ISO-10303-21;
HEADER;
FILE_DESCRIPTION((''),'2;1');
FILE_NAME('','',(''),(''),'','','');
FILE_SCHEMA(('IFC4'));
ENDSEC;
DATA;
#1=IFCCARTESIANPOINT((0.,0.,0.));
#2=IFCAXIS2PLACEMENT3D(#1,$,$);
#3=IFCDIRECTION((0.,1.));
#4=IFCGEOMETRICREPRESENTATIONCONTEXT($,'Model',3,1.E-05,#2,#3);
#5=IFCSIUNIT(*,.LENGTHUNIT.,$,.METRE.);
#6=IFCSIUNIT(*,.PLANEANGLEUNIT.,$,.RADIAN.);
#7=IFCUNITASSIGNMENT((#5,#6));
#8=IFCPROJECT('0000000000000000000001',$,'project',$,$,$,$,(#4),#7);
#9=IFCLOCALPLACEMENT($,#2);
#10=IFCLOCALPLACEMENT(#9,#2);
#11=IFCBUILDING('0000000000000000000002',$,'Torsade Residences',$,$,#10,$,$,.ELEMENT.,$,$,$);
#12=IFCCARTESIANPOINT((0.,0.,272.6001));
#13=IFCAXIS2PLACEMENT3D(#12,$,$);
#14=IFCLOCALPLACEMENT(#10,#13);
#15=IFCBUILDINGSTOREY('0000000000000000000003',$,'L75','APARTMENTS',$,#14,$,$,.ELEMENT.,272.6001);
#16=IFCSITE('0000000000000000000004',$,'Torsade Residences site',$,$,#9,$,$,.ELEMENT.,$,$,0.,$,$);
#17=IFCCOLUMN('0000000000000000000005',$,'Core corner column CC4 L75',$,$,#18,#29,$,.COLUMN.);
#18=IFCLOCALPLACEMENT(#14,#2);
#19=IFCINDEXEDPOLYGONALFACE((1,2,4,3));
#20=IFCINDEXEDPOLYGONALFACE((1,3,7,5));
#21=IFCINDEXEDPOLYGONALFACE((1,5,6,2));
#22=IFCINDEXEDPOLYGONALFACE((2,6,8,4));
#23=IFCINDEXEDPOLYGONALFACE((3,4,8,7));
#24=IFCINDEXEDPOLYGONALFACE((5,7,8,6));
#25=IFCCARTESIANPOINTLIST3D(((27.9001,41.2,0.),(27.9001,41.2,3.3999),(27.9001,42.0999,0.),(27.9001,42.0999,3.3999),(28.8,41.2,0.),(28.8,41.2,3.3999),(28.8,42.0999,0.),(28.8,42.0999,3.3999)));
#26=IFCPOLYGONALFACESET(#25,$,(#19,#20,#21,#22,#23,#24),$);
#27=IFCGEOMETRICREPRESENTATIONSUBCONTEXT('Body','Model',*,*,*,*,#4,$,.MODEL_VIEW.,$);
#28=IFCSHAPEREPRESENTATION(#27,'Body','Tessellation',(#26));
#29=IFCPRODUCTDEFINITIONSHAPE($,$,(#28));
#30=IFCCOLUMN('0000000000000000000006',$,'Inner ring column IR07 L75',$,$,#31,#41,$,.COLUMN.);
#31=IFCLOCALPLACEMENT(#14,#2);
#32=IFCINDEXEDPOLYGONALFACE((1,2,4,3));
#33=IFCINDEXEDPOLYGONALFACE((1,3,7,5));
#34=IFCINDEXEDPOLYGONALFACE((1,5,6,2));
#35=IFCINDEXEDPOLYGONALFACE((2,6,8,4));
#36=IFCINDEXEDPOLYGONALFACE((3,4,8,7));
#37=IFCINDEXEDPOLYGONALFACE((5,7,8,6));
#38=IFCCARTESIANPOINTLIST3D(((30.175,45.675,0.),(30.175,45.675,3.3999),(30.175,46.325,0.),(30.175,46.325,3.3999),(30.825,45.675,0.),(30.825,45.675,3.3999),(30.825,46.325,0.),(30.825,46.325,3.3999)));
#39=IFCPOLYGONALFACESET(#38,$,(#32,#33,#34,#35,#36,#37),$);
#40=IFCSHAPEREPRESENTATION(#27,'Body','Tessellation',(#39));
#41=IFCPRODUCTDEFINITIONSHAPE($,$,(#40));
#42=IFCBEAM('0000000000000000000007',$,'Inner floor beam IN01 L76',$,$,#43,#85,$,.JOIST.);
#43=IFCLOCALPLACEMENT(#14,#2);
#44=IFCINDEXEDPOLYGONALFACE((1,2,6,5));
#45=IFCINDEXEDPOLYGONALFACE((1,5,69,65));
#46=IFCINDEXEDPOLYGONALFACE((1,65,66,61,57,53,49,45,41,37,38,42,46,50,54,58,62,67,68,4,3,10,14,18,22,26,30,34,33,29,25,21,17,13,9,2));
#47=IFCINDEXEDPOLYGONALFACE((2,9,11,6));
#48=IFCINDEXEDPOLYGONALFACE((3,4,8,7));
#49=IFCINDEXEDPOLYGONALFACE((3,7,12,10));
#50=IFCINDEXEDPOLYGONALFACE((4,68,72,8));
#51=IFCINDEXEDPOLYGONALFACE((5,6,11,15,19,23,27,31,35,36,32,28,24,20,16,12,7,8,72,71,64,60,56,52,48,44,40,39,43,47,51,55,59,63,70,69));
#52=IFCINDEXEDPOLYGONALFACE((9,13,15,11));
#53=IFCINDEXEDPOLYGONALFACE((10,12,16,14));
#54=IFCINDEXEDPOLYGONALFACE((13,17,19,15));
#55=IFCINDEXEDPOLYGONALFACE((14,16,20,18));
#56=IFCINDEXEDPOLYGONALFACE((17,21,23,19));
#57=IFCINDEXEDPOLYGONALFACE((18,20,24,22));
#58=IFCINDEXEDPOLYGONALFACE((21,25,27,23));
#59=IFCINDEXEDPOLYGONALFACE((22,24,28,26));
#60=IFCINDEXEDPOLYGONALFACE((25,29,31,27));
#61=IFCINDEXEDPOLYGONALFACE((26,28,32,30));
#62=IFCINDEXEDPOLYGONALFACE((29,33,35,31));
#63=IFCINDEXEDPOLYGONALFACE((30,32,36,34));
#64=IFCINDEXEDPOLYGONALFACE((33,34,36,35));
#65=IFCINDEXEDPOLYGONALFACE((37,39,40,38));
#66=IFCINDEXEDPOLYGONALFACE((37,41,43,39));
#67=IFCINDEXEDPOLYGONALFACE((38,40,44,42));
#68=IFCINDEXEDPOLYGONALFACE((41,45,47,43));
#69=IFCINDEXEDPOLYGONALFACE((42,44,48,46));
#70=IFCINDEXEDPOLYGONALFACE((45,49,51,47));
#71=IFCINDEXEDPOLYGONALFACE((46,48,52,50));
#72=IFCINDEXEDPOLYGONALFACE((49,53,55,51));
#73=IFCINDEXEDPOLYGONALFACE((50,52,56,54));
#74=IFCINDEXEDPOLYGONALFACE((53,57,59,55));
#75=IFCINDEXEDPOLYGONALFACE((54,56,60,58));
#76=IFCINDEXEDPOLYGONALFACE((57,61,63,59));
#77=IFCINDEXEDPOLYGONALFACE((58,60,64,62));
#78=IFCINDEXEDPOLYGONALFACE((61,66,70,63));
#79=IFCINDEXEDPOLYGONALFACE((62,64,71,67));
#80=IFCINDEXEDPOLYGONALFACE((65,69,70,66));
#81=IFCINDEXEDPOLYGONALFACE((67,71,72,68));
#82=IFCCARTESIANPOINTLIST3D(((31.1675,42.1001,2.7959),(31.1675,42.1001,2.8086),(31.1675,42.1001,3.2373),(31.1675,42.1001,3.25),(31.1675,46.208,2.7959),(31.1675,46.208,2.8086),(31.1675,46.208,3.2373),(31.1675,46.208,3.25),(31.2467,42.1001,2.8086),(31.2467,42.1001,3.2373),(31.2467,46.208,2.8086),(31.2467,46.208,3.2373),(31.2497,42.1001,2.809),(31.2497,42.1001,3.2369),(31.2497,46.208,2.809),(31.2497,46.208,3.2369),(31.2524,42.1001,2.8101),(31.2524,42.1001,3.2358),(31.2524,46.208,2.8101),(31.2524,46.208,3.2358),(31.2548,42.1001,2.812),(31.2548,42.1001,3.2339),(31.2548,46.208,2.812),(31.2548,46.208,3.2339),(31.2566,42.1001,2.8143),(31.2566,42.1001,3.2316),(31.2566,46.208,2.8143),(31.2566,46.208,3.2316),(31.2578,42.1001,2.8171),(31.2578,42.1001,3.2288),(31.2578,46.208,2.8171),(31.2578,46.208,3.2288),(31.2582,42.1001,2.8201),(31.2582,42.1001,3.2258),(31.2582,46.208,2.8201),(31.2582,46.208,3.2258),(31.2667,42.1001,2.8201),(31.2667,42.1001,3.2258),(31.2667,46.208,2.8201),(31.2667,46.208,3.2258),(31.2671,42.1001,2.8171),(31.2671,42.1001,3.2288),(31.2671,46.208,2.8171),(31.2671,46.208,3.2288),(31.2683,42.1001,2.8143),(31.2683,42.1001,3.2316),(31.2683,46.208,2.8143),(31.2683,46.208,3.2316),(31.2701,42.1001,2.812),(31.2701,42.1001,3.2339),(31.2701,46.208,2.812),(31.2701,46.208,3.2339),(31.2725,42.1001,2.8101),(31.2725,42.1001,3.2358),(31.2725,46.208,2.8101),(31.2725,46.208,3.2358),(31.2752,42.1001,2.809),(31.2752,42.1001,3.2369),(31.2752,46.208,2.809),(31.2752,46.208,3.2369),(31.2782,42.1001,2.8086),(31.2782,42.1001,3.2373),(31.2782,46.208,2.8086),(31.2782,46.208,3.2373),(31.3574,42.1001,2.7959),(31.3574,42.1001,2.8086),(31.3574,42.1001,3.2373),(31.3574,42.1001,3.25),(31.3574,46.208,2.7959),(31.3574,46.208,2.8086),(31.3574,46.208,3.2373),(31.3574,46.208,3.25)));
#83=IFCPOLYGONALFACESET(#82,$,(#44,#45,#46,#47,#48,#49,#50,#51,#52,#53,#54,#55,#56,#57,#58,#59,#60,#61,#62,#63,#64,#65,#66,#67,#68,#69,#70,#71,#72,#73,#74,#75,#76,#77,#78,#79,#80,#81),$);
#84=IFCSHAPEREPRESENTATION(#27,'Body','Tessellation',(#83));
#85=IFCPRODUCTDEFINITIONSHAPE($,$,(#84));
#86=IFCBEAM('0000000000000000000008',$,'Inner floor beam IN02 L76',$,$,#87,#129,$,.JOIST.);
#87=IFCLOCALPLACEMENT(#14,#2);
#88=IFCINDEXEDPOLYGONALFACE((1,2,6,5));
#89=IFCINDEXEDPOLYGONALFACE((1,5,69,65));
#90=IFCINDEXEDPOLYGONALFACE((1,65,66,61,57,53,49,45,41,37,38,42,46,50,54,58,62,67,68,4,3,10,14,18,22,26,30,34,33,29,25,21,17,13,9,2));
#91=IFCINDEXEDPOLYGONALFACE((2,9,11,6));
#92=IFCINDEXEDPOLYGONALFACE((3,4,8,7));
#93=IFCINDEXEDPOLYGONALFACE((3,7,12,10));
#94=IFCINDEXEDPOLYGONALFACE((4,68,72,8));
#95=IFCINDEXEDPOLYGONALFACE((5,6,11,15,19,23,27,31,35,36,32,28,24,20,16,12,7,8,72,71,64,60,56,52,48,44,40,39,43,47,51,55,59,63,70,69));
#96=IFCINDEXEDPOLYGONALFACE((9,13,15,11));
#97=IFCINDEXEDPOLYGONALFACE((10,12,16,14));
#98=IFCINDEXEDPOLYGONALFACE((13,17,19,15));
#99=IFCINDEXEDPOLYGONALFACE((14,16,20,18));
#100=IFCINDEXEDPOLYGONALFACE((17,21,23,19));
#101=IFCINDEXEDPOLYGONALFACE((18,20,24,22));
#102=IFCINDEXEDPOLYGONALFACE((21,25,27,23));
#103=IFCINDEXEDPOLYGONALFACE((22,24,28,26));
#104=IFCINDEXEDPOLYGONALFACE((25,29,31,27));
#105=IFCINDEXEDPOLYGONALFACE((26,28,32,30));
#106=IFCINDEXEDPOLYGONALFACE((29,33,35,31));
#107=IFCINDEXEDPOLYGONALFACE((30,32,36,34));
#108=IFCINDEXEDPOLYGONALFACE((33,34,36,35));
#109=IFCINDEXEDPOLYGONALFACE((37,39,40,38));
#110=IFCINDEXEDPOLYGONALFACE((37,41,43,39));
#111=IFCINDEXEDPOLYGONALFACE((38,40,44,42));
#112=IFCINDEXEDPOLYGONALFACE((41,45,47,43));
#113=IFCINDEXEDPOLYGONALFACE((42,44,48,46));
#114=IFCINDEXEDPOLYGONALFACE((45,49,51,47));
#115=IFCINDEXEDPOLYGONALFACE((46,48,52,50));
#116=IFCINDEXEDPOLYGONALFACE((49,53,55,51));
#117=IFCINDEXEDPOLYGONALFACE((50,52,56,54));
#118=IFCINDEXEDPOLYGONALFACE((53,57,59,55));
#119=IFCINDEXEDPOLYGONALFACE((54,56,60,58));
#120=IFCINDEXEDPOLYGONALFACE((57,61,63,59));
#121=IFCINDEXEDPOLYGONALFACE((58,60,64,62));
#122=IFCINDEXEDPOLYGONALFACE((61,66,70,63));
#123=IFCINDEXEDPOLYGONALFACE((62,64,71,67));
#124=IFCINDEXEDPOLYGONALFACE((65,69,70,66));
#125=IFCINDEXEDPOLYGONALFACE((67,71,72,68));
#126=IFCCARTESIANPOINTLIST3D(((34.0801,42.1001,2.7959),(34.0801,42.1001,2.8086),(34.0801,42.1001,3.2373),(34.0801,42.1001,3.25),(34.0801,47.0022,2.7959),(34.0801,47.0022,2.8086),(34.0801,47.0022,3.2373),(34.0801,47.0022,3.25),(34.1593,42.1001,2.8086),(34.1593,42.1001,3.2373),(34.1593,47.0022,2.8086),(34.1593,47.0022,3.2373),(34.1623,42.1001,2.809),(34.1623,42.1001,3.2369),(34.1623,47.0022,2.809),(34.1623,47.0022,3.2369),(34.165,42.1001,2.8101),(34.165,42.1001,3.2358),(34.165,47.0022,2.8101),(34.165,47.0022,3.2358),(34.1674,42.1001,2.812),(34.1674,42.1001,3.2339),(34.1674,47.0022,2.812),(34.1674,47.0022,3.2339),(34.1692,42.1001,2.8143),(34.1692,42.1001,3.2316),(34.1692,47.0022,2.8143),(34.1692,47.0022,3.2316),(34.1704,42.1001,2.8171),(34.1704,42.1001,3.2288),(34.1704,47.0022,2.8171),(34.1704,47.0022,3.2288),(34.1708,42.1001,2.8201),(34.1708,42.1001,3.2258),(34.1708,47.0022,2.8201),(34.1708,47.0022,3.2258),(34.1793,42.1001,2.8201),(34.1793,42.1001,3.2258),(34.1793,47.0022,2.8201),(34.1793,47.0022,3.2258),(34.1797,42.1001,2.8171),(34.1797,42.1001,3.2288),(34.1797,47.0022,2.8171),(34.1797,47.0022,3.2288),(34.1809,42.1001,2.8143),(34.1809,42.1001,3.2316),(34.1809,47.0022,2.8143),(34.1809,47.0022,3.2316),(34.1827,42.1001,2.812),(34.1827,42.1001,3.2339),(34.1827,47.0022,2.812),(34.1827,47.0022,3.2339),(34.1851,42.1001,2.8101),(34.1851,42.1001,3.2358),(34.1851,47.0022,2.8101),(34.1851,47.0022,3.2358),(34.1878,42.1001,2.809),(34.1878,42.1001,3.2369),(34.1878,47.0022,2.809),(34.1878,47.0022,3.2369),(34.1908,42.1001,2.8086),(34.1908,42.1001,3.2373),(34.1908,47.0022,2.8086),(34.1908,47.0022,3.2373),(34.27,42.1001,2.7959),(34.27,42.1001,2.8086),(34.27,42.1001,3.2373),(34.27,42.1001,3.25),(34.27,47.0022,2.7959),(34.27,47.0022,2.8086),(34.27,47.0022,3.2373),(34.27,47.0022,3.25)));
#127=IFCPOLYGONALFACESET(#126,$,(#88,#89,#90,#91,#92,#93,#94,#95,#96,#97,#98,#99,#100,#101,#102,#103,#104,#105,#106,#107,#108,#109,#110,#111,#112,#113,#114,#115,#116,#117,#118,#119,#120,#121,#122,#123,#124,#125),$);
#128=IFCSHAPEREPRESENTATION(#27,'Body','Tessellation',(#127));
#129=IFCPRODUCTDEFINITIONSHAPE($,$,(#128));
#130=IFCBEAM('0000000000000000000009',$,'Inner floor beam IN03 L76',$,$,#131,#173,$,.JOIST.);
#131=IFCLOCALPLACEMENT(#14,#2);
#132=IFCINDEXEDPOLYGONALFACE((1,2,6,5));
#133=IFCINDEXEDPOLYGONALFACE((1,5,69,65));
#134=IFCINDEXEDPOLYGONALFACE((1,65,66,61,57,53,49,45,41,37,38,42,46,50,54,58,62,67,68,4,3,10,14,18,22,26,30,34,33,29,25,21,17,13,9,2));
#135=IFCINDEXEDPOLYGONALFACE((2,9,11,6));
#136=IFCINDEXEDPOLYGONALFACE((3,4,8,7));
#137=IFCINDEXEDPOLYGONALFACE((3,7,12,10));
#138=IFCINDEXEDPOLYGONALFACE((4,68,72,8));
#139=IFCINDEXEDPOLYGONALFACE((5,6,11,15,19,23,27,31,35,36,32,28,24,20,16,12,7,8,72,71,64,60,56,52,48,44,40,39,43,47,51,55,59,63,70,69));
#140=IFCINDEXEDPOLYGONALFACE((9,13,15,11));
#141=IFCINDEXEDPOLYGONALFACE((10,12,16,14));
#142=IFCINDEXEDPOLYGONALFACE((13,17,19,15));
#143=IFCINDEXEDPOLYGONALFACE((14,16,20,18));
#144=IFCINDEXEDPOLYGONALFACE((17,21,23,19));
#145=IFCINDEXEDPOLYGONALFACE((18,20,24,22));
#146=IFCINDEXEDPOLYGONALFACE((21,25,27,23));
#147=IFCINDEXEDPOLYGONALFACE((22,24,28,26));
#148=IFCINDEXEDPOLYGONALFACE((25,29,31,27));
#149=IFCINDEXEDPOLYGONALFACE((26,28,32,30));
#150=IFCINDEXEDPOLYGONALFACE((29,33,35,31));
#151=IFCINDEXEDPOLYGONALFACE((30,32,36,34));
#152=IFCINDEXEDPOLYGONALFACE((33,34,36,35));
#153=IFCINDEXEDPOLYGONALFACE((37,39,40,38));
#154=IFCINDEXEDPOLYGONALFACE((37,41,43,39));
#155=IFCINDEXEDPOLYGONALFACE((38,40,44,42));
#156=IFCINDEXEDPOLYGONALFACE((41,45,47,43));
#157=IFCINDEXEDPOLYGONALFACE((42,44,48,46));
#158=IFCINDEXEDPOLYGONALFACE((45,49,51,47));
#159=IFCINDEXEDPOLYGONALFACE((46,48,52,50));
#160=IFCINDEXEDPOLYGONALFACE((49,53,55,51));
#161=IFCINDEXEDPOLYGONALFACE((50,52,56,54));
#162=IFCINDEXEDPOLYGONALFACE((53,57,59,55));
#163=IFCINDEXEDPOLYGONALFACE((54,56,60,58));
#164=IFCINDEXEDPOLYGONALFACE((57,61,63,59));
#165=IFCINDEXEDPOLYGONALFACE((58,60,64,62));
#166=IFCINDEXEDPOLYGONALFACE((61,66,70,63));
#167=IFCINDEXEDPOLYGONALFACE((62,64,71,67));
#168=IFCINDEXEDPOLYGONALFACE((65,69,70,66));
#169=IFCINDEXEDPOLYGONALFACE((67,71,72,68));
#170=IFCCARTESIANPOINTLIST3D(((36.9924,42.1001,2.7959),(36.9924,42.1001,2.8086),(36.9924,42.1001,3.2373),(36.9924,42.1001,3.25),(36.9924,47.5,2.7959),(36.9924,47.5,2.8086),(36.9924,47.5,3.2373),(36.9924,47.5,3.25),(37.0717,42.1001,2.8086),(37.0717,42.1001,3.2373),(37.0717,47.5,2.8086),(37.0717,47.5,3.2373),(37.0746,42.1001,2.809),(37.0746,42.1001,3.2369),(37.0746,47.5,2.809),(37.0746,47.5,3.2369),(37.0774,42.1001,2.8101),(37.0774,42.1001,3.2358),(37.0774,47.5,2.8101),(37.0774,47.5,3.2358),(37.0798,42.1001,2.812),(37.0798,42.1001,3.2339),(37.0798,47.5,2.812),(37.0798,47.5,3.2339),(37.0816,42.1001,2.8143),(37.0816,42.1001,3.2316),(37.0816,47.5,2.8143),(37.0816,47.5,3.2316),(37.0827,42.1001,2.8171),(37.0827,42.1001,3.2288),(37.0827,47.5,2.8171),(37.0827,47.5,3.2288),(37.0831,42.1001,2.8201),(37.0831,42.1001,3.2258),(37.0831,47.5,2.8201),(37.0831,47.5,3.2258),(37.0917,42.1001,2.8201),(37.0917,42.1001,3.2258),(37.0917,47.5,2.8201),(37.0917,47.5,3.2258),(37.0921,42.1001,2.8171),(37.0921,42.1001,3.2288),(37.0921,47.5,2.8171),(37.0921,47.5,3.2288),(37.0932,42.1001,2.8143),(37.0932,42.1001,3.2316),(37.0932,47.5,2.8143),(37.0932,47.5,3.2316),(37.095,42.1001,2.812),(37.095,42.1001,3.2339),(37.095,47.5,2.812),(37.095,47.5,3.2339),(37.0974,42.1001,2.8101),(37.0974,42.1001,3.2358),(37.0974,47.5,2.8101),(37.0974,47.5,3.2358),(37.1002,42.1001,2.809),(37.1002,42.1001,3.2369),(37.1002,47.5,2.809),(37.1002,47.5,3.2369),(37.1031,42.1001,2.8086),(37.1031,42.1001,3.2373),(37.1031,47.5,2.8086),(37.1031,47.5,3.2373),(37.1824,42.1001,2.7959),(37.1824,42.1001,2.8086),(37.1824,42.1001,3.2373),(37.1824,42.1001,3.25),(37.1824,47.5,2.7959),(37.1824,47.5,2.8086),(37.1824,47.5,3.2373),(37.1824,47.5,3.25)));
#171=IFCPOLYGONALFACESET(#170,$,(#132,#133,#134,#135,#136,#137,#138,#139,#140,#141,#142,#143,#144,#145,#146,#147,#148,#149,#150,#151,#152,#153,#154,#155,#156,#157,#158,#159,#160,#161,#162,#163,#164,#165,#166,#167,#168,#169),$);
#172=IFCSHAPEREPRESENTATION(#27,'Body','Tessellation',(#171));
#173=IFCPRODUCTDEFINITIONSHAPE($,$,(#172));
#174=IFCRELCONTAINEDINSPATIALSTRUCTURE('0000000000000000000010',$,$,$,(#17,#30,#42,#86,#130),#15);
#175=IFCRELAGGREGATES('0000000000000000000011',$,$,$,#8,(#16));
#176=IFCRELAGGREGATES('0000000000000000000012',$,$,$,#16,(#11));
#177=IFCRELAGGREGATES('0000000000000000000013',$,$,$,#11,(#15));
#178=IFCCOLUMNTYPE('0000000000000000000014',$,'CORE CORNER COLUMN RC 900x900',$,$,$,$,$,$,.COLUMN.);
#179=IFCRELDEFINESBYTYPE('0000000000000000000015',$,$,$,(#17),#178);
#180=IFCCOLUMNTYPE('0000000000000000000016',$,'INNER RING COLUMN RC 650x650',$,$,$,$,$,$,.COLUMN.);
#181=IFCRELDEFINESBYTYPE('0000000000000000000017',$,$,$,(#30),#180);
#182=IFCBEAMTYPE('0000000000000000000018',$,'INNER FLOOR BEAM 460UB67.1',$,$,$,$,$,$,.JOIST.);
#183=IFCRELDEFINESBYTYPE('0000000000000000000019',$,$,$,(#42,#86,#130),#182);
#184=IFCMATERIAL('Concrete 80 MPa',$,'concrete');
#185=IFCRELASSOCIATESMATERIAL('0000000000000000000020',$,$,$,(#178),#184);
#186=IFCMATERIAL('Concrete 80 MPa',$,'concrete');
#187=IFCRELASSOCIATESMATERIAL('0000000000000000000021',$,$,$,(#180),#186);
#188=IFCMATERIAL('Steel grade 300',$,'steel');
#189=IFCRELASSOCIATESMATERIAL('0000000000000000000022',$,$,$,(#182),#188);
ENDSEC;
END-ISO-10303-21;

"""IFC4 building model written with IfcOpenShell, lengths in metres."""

from ifc_helpers import new_model, si_unit, direction, frame, origin, origin_2d, place, context, subcontext, project, spatial, rectangle, i_section, extrude, material, material_profile, profile_set, type_object, element, save


model = new_model("IFC4")

# Units and contexts
model_context = context("Model", 3, precision=1e-05, world=origin(), true_north=direction((0.0, 1.0)))
body_context = subcontext(model_context, "Body", "Model", "MODEL_VIEW")
ifc_project = project(units=[si_unit("LENGTHUNIT", "METRE"), si_unit("PLANEANGLEUNIT", "RADIAN")], contexts=[model_context])

# Site, building, storey
site_placement = place(None, origin())
site = spatial("IfcSite", under=ifc_project, at=site_placement, Name="Torsade Residences site", CompositionType="ELEMENT", RefElevation=0.0)
building_placement = place(site_placement, origin())
building = spatial("IfcBuilding", under=site, at=building_placement, Name="Torsade Residences", CompositionType="ELEMENT")
storey_placement = place(building_placement, frame((0.0, 0.0, 272.6001)))
storey = spatial("IfcBuildingStorey", under=building, at=storey_placement, Name="L75", Description="APARTMENTS", CompositionType="ELEMENT", Elevation=272.6001)

# Columns
ifc_material_1 = material(Name="Concrete 80 MPa", Category="concrete")
ifc_material_profile_1 = material_profile(ifc_material_1, rectangle(XDim=0.8999, YDim=0.8999, at=origin_2d()), Name="RC 900x900")
ifc_profile_set_1 = profile_set([ifc_material_profile_1], Name="Concrete 80 MPa")
column_type_1 = type_object("IfcColumnType", Name="CORE CORNER COLUMN RC 900x900", PredefinedType="COLUMN", material=ifc_profile_set_1)
column_1_placement = place(storey_placement, frame((28.3501, 41.6499, 0.0), z_axis=(0.0, 0.0, 1.0), x_axis=(1.0, 0.0, 0.0)))
element("IfcColumn", 1, at=column_1_placement, inside=storey, type_object=column_type_1, Name="Core corner column CC4 L75", PredefinedType="COLUMN", context=body_context, shape_type="SweptSolid", body=[
    extrude(rectangle(XDim=0.8999, YDim=0.8999, at=origin_2d()), origin(), (0.0, 0.0, 1.0), 3.3999),
])
ifc_material_2 = material(Name="Concrete 80 MPa", Category="concrete")
ifc_material_profile_2 = material_profile(ifc_material_2, rectangle(XDim=0.6499, YDim=0.6499, at=origin_2d()), Name="RC 650x650")
ifc_profile_set_2 = profile_set([ifc_material_profile_2], Name="Concrete 80 MPa")
column_type_2 = type_object("IfcColumnType", Name="INNER RING COLUMN RC 650x650", PredefinedType="COLUMN", material=ifc_profile_set_2)
column_2_placement = place(storey_placement, frame((30.5, 46.0, 0.0), z_axis=(0.0, 0.0, 1.0), x_axis=(1.0, 0.0, 0.0)))
element("IfcColumn", 2, at=column_2_placement, inside=storey, type_object=column_type_2, Name="Inner ring column IR07 L75", PredefinedType="COLUMN", context=body_context, shape_type="SweptSolid", body=[
    extrude(rectangle(XDim=0.6499, YDim=0.6499, at=origin_2d()), origin(), (0.0, 0.0, 1.0), 3.3999),
])

# Beams
ifc_material_3 = material(Name="Steel grade 300", Category="steel")
ifc_material_profile_3 = material_profile(ifc_material_3, i_section(OverallWidth=0.1899, OverallDepth=0.4541, WebThickness=0.0085, FlangeThickness=0.0127, FilletRadius=0.0115, at=origin_2d()), Name="460UB67.1")
ifc_profile_set_3 = profile_set([ifc_material_profile_3], Name="Steel grade 300")
beam_type_1 = type_object("IfcBeamType", Name="INNER FLOOR BEAM 460UB67.1", PredefinedType="JOIST", material=ifc_profile_set_3)
beam_1_placement = place(storey_placement, frame((31.2625, 42.1001, 3.0229), z_axis=(0.0, 1.0, 0.0), x_axis=(-1.0, 0.0, 0.0)))
element("IfcBeam", 3, at=beam_1_placement, inside=storey, type_object=beam_type_1, Name="Inner floor beam IN01 L76", PredefinedType="JOIST", context=body_context, shape_type="SweptSolid", body=[
    extrude(i_section(OverallWidth=0.1899, OverallDepth=0.4541, WebThickness=0.0085, FlangeThickness=0.0127, FilletRadius=0.0115, at=origin_2d()), origin(), (0.0, 0.0, 1.0), 4.1079),
])
beam_2_placement = place(storey_placement, frame((34.175, 42.1001, 3.0229), z_axis=(0.0, 1.0, 0.0), x_axis=(-1.0, 0.0, 0.0)))
element("IfcBeam", 4, at=beam_2_placement, inside=storey, type_object=beam_type_1, Name="Inner floor beam IN02 L76", PredefinedType="JOIST", context=body_context, shape_type="SweptSolid", body=[
    extrude(i_section(OverallWidth=0.1899, OverallDepth=0.4541, WebThickness=0.0085, FlangeThickness=0.0127, FilletRadius=0.0115, at=origin_2d()), origin(), (0.0, 0.0, 1.0), 4.9021),
])
beam_3_placement = place(storey_placement, frame((37.0874, 42.1001, 3.0229), z_axis=(0.0, 1.0, 0.0), x_axis=(-1.0, 0.0, 0.0)))
element("IfcBeam", 5, at=beam_3_placement, inside=storey, type_object=beam_type_1, Name="Inner floor beam IN03 L76", PredefinedType="JOIST", context=body_context, shape_type="SweptSolid", body=[
    extrude(i_section(OverallWidth=0.1899, OverallDepth=0.4541, WebThickness=0.0085, FlangeThickness=0.0127, FilletRadius=0.0115, at=origin_2d()), origin(), (0.0, 0.0, 1.0), 5.3999),
])

save(model, "model.ifc")
